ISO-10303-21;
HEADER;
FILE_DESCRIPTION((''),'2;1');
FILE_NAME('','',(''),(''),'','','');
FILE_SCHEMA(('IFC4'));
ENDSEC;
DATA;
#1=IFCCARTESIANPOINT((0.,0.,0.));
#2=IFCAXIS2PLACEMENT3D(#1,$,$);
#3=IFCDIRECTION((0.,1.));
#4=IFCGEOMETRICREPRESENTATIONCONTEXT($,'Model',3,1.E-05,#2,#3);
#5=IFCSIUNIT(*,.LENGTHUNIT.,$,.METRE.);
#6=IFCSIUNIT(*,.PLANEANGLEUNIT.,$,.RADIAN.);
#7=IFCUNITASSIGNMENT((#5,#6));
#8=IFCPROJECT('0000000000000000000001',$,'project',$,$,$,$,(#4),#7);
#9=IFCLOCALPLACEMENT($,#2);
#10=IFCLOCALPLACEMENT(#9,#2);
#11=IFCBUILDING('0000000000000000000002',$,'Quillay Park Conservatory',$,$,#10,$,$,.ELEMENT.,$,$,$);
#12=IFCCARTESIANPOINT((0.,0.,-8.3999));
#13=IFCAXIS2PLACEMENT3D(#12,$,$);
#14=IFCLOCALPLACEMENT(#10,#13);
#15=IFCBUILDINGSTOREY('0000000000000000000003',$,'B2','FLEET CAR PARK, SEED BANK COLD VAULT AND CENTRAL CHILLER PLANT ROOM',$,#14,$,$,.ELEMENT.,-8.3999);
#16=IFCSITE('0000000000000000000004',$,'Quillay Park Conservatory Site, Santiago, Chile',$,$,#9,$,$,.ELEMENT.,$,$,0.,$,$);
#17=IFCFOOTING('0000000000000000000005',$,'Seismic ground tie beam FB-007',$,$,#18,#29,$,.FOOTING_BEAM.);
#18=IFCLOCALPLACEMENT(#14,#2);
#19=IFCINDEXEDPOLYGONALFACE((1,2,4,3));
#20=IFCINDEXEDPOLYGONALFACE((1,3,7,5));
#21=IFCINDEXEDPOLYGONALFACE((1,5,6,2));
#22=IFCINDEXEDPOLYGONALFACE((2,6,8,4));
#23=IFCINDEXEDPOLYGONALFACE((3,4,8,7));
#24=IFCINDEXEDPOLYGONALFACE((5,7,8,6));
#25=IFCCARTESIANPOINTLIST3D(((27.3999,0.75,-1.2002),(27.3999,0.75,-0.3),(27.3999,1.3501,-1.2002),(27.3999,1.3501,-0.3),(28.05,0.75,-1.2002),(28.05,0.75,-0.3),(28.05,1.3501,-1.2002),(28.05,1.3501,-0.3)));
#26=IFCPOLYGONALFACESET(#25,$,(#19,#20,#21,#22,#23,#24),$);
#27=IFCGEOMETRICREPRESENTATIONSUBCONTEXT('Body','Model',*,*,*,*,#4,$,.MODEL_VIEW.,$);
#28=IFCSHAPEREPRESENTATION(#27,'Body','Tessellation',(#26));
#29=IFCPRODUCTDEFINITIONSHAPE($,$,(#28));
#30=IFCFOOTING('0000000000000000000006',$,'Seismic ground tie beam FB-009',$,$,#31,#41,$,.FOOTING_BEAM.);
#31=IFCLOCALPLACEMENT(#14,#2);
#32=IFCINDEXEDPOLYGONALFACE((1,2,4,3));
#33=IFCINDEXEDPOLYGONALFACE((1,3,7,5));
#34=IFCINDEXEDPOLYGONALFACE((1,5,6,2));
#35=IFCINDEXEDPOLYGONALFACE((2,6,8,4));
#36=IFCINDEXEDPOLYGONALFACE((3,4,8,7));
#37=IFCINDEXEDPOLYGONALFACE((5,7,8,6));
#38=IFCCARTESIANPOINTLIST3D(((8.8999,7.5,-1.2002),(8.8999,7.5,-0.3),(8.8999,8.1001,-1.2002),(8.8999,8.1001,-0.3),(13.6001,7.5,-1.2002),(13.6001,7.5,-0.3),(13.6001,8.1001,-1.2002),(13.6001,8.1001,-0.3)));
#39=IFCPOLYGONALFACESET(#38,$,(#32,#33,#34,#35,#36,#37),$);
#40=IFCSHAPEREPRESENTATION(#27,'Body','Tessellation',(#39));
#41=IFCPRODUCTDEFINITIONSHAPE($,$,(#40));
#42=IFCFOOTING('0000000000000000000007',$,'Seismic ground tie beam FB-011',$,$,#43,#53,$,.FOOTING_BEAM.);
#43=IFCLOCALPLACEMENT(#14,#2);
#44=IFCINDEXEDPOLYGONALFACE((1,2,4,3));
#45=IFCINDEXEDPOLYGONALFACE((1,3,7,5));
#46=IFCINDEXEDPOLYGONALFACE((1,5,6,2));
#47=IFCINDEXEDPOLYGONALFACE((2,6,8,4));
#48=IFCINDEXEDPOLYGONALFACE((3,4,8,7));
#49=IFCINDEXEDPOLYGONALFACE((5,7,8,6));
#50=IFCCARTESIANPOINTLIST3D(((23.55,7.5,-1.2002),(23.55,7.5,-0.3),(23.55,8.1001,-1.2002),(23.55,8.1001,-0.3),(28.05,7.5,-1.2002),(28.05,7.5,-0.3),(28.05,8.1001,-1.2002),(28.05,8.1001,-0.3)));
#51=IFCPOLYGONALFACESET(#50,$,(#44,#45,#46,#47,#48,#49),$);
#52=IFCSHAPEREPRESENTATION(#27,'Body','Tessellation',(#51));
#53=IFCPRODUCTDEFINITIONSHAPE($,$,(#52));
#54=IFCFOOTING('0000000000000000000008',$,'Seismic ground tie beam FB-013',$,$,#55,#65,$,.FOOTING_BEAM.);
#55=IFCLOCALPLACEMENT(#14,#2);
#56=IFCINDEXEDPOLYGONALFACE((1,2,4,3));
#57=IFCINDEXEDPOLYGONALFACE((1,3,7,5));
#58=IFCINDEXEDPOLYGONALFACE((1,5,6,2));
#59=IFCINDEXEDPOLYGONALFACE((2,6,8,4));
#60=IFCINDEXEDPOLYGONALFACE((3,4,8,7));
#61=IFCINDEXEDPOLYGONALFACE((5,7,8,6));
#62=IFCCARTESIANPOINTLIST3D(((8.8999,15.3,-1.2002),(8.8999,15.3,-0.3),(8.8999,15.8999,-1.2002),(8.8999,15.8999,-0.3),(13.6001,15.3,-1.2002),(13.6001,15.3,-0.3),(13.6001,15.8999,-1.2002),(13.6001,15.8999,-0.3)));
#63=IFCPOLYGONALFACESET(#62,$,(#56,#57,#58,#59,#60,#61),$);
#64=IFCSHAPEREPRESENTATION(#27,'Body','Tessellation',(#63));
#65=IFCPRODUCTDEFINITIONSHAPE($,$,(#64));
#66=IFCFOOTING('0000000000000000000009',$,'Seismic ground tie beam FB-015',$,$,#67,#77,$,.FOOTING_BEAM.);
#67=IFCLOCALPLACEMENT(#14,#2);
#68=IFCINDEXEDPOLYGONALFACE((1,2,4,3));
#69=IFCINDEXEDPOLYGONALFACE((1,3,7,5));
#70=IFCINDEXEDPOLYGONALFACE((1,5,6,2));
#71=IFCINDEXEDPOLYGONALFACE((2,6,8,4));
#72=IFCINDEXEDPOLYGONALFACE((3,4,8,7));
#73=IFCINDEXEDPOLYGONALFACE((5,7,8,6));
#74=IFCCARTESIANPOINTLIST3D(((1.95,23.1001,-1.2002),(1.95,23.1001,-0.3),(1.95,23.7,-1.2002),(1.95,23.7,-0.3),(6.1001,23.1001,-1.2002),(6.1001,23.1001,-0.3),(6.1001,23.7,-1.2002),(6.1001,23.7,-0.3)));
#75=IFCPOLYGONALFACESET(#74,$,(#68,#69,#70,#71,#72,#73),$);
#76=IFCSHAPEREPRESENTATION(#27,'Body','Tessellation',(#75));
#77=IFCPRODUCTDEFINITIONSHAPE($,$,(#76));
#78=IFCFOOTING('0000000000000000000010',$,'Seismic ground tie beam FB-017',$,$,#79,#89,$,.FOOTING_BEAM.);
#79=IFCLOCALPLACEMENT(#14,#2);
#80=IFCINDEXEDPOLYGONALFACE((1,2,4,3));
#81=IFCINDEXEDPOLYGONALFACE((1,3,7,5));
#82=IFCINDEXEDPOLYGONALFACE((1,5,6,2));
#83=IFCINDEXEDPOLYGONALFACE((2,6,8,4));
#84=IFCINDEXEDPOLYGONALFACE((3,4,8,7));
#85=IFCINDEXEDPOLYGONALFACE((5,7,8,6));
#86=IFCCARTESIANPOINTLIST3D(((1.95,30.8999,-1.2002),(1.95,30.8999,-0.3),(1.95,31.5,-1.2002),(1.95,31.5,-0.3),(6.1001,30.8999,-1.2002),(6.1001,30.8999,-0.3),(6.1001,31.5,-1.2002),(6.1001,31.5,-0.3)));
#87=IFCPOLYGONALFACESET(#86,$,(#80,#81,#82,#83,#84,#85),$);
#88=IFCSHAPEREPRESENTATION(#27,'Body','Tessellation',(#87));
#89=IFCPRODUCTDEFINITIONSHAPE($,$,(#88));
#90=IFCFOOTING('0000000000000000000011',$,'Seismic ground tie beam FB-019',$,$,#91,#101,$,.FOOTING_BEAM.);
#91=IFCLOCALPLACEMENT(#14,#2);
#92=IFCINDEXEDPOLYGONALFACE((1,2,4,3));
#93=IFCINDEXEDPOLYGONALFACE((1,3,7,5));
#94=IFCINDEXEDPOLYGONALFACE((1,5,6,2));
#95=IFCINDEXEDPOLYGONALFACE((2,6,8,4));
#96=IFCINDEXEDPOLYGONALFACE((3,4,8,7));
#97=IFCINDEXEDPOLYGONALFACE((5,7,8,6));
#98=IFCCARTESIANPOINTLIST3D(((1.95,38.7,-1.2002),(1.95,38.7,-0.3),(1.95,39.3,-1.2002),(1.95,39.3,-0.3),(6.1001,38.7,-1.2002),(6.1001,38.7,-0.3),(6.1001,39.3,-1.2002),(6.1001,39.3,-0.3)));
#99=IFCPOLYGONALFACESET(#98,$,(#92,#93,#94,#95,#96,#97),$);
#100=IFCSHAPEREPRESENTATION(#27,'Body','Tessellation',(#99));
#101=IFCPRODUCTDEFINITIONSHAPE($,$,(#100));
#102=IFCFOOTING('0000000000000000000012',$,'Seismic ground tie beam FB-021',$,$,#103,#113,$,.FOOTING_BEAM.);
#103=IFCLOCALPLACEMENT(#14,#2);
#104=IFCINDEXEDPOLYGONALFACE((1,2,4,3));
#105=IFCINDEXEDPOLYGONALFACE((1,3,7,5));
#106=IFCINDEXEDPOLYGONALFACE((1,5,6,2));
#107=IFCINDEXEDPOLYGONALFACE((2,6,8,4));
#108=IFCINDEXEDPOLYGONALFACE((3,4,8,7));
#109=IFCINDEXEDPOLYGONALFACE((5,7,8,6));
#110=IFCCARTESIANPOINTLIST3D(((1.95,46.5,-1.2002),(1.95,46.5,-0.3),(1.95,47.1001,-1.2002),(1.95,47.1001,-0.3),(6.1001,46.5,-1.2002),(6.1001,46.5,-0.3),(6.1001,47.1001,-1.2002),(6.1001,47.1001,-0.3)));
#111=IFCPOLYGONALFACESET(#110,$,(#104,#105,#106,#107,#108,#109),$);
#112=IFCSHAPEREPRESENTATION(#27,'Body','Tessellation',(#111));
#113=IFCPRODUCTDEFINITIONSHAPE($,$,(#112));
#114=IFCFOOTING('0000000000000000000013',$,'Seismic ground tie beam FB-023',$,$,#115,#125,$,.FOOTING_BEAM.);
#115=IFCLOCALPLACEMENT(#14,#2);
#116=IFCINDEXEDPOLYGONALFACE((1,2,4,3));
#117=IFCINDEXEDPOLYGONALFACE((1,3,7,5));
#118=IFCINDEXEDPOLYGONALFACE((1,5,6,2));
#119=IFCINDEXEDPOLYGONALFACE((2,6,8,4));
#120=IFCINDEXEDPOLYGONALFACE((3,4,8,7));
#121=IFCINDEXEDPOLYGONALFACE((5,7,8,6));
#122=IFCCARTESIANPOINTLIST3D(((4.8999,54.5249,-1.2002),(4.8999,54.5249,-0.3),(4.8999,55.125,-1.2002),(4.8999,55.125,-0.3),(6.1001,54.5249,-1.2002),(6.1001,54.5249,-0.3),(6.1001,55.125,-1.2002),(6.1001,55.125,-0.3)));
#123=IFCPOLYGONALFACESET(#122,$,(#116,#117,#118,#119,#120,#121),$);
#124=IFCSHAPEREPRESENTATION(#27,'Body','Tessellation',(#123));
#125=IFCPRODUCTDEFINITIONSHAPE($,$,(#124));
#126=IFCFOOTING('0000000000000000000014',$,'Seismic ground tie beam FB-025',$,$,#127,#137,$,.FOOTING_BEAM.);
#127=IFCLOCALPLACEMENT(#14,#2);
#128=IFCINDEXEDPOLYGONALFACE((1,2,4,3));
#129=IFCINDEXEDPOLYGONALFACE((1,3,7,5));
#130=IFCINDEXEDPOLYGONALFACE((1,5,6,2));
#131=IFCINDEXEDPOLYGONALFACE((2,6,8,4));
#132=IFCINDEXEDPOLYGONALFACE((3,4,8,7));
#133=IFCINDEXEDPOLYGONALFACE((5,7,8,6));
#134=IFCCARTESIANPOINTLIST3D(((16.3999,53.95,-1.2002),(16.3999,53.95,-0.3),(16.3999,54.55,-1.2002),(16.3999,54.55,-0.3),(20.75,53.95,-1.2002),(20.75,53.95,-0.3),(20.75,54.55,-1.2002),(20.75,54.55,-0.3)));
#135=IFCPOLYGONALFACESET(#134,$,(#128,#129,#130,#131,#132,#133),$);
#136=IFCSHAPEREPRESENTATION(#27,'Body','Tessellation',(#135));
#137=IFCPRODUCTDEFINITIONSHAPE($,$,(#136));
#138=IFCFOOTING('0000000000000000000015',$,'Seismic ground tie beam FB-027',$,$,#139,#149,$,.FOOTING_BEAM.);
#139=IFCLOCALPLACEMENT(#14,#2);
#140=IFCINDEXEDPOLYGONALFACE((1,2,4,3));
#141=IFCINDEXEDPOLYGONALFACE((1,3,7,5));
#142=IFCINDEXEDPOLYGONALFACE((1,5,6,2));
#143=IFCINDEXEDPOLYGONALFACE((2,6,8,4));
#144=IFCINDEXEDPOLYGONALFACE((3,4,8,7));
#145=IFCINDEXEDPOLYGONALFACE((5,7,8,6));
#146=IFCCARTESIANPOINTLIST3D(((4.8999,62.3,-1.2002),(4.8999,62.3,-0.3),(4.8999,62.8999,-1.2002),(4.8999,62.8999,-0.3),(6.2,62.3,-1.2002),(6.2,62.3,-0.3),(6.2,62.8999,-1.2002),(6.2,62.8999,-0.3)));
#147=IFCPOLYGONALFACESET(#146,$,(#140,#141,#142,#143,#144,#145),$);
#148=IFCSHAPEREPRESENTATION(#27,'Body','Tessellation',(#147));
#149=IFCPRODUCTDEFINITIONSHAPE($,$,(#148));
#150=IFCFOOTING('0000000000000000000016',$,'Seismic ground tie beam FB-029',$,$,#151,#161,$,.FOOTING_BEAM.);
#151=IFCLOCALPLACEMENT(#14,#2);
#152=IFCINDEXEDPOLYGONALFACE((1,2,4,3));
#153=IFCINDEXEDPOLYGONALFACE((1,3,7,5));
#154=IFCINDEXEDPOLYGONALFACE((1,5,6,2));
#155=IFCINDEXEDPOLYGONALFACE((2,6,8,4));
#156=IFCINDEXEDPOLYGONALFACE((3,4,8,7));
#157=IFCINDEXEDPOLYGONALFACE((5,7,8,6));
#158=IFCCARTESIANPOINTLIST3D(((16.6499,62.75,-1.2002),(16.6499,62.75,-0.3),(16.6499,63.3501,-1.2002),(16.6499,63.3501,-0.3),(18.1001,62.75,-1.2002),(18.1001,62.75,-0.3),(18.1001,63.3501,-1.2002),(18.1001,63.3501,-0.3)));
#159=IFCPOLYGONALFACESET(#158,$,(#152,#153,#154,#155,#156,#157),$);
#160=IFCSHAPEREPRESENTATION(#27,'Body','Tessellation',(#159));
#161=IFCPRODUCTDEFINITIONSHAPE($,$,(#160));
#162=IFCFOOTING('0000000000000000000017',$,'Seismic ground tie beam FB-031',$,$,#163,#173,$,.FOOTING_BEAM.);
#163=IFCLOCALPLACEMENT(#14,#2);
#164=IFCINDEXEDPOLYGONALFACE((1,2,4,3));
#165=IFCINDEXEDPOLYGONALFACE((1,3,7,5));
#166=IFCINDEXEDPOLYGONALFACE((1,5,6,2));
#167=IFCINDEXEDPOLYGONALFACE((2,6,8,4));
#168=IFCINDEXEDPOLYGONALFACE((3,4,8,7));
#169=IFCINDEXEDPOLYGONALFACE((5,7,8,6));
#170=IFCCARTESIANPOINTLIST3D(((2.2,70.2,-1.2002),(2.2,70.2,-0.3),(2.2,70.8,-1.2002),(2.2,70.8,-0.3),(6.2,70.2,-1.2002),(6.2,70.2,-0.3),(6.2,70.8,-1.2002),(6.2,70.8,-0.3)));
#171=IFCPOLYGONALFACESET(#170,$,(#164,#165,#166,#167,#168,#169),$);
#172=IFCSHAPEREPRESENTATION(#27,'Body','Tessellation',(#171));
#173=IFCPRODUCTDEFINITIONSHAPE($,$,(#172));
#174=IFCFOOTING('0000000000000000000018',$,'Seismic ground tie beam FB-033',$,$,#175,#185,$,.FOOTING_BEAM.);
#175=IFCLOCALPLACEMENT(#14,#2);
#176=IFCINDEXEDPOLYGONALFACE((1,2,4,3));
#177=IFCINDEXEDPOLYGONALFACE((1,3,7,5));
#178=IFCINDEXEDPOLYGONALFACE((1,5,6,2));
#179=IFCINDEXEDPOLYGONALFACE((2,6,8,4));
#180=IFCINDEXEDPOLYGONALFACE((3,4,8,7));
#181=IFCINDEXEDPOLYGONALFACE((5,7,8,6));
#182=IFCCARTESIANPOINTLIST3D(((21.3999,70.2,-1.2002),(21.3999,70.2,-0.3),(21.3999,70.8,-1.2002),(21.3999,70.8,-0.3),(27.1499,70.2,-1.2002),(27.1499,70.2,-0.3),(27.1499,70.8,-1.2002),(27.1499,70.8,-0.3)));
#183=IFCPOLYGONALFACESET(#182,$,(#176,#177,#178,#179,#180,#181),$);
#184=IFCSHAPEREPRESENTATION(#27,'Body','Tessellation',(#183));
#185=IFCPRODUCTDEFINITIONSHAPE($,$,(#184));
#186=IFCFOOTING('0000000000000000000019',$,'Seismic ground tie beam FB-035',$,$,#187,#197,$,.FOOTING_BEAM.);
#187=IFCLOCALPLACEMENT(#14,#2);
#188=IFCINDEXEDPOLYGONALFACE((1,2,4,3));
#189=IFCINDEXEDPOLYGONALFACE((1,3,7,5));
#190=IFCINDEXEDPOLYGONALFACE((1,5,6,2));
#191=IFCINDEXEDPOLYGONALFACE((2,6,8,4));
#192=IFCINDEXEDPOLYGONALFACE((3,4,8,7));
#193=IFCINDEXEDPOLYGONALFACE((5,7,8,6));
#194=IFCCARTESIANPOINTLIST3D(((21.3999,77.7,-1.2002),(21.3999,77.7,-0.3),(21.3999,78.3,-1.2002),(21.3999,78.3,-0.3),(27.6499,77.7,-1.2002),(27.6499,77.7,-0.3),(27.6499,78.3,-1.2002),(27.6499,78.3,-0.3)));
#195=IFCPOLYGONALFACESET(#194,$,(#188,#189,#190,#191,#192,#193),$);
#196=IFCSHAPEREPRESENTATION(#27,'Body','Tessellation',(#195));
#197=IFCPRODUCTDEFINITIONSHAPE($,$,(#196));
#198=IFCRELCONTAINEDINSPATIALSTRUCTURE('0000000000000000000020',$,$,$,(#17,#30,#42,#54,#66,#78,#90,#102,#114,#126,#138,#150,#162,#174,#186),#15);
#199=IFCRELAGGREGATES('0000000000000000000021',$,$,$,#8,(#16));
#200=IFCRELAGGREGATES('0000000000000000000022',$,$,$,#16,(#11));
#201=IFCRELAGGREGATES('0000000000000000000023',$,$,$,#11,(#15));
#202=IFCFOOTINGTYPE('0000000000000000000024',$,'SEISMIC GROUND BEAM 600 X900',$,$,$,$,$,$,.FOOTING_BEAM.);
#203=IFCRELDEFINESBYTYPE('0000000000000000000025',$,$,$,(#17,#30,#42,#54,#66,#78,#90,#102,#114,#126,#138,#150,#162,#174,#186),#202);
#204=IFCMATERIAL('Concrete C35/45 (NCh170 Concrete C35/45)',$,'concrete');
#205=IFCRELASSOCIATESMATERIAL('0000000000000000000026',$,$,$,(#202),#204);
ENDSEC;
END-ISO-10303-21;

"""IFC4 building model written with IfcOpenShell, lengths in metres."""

from ifc_helpers import new_model, si_unit, direction, frame, origin, place, context, subcontext, project, spatial, polyline, outline, extrude, material, type_object, element, save


model = new_model("IFC4")

# Units and contexts
model_context = context("Model", 3, precision=1e-05, world=origin(), true_north=direction((0.0, 1.0)))
body_context = subcontext(model_context, "Body", "Model", "MODEL_VIEW")
ifc_project = project(units=[si_unit("LENGTHUNIT", "METRE"), si_unit("PLANEANGLEUNIT", "RADIAN")], contexts=[model_context])

# Site, building, storey
site_placement = place(None, origin())
site = spatial("IfcSite", under=ifc_project, at=site_placement, Name="Quillay Park Conservatory Site, Santiago, Chile", CompositionType="ELEMENT", RefElevation=0.0)
building_placement = place(site_placement, origin())
building = spatial("IfcBuilding", under=site, at=building_placement, Name="Quillay Park Conservatory", CompositionType="ELEMENT")
storey_placement = place(building_placement, frame((0.0, 0.0, -8.3999)))
storey = spatial("IfcBuildingStorey", under=building, at=storey_placement, Name="B2", Description="FLEET CAR PARK, SEED BANK COLD VAULT AND CENTRAL CHILLER PLANT ROOM", CompositionType="ELEMENT", Elevation=-8.3999)

# Footings
ifc_material = material(Name="Concrete C35/45 (NCh170 Concrete C35/45)", Category="concrete")
footing_type = type_object("IfcFootingType", Name="SEISMIC GROUND BEAM 600 X900", PredefinedType="FOOTING_BEAM", material=ifc_material)
footing_1_placement = place(storey_placement, frame((0.0, 0.0, -1.2002)))
element("IfcFooting", 1, at=footing_1_placement, inside=storey, type_object=footing_type, Name="Seismic ground tie beam FB-007", PredefinedType="FOOTING_BEAM", context=body_context, shape_type="SweptSolid", body=[
    extrude(outline(polyline([(27.3999, 0.75), (28.05, 0.75), (28.05, 1.3501), (27.3999, 1.3501), (27.3999, 0.75)])), origin(), (0.0, 0.0, 1.0), 0.9001),
])
footing_2_placement = place(storey_placement, frame((0.0, 0.0, -1.2002)))
element("IfcFooting", 2, at=footing_2_placement, inside=storey, type_object=footing_type, Name="Seismic ground tie beam FB-009", PredefinedType="FOOTING_BEAM", context=body_context, shape_type="SweptSolid", body=[
    extrude(outline(polyline([(8.8999, 7.5), (13.6001, 7.5), (13.6001, 8.1001), (8.8999, 8.1001), (8.8999, 7.5)])), origin(), (0.0, 0.0, 1.0), 0.9001),
])
footing_3_placement = place(storey_placement, frame((0.0, 0.0, -1.2002)))
element("IfcFooting", 3, at=footing_3_placement, inside=storey, type_object=footing_type, Name="Seismic ground tie beam FB-011", PredefinedType="FOOTING_BEAM", context=body_context, shape_type="SweptSolid", body=[
    extrude(outline(polyline([(23.55, 7.5), (28.05, 7.5), (28.05, 8.1001), (23.55, 8.1001), (23.55, 7.5)])), origin(), (0.0, 0.0, 1.0), 0.9001),
])
footing_4_placement = place(storey_placement, frame((0.0, 0.0, -1.2002)))
element("IfcFooting", 4, at=footing_4_placement, inside=storey, type_object=footing_type, Name="Seismic ground tie beam FB-013", PredefinedType="FOOTING_BEAM", context=body_context, shape_type="SweptSolid", body=[
    extrude(outline(polyline([(8.8999, 15.3), (13.6001, 15.3), (13.6001, 15.8999), (8.8999, 15.8999), (8.8999, 15.3)])), origin(), (0.0, 0.0, 1.0), 0.9001),
])
footing_5_placement = place(storey_placement, frame((0.0, 0.0, -1.2002)))
element("IfcFooting", 5, at=footing_5_placement, inside=storey, type_object=footing_type, Name="Seismic ground tie beam FB-015", PredefinedType="FOOTING_BEAM", context=body_context, shape_type="SweptSolid", body=[
    extrude(outline(polyline([(1.95, 23.1001), (6.1001, 23.1001), (6.1001, 23.7), (1.95, 23.7), (1.95, 23.1001)])), origin(), (0.0, 0.0, 1.0), 0.9001),
])
footing_6_placement = place(storey_placement, frame((0.0, 0.0, -1.2002)))
element("IfcFooting", 6, at=footing_6_placement, inside=storey, type_object=footing_type, Name="Seismic ground tie beam FB-017", PredefinedType="FOOTING_BEAM", context=body_context, shape_type="SweptSolid", body=[
    extrude(outline(polyline([(1.95, 30.8999), (6.1001, 30.8999), (6.1001, 31.5), (1.95, 31.5), (1.95, 30.8999)])), origin(), (0.0, 0.0, 1.0), 0.9001),
])
footing_7_placement = place(storey_placement, frame((0.0, 0.0, -1.2002)))
element("IfcFooting", 7, at=footing_7_placement, inside=storey, type_object=footing_type, Name="Seismic ground tie beam FB-019", PredefinedType="FOOTING_BEAM", context=body_context, shape_type="SweptSolid", body=[
    extrude(outline(polyline([(1.95, 38.7), (6.1001, 38.7), (6.1001, 39.3), (1.95, 39.3), (1.95, 38.7)])), origin(), (0.0, 0.0, 1.0), 0.9001),
])
footing_8_placement = place(storey_placement, frame((0.0, 0.0, -1.2002)))
element("IfcFooting", 8, at=footing_8_placement, inside=storey, type_object=footing_type, Name="Seismic ground tie beam FB-021", PredefinedType="FOOTING_BEAM", context=body_context, shape_type="SweptSolid", body=[
    extrude(outline(polyline([(1.95, 46.5), (6.1001, 46.5), (6.1001, 47.1001), (1.95, 47.1001), (1.95, 46.5)])), origin(), (0.0, 0.0, 1.0), 0.9001),
])
footing_9_placement = place(storey_placement, frame((0.0, 0.0, -1.2002)))
element("IfcFooting", 9, at=footing_9_placement, inside=storey, type_object=footing_type, Name="Seismic ground tie beam FB-023", PredefinedType="FOOTING_BEAM", context=body_context, shape_type="SweptSolid", body=[
    extrude(outline(polyline([(4.8999, 54.5249), (6.1001, 54.5249), (6.1001, 55.125), (4.8999, 55.125), (4.8999, 54.5249)])), origin(), (0.0, 0.0, 1.0), 0.9001),
])
footing_10_placement = place(storey_placement, frame((0.0, 0.0, -1.2002)))
element("IfcFooting", 10, at=footing_10_placement, inside=storey, type_object=footing_type, Name="Seismic ground tie beam FB-025", PredefinedType="FOOTING_BEAM", context=body_context, shape_type="SweptSolid", body=[
    extrude(outline(polyline([(16.3999, 53.95), (20.75, 53.95), (20.75, 54.55), (16.3999, 54.55), (16.3999, 53.95)])), origin(), (0.0, 0.0, 1.0), 0.9001),
])
footing_11_placement = place(storey_placement, frame((0.0, 0.0, -1.2002)))
element("IfcFooting", 11, at=footing_11_placement, inside=storey, type_object=footing_type, Name="Seismic ground tie beam FB-027", PredefinedType="FOOTING_BEAM", context=body_context, shape_type="SweptSolid", body=[
    extrude(outline(polyline([(4.8999, 62.3), (6.2, 62.3), (6.2, 62.8999), (4.8999, 62.8999), (4.8999, 62.3)])), origin(), (0.0, 0.0, 1.0), 0.9001),
])
footing_12_placement = place(storey_placement, frame((0.0, 0.0, -1.2002)))
element("IfcFooting", 12, at=footing_12_placement, inside=storey, type_object=footing_type, Name="Seismic ground tie beam FB-029", PredefinedType="FOOTING_BEAM", context=body_context, shape_type="SweptSolid", body=[
    extrude(outline(polyline([(16.6499, 62.75), (18.1001, 62.75), (18.1001, 63.3501), (16.6499, 63.3501), (16.6499, 62.75)])), origin(), (0.0, 0.0, 1.0), 0.9001),
])
footing_13_placement = place(storey_placement, frame((0.0, 0.0, -1.2002)))
element("IfcFooting", 13, at=footing_13_placement, inside=storey, type_object=footing_type, Name="Seismic ground tie beam FB-031", PredefinedType="FOOTING_BEAM", context=body_context, shape_type="SweptSolid", body=[
    extrude(outline(polyline([(2.2, 70.2), (6.2, 70.2), (6.2, 70.8), (2.2, 70.8), (2.2, 70.2)])), origin(), (0.0, 0.0, 1.0), 0.9001),
])
footing_14_placement = place(storey_placement, frame((0.0, 0.0, -1.2002)))
element("IfcFooting", 14, at=footing_14_placement, inside=storey, type_object=footing_type, Name="Seismic ground tie beam FB-033", PredefinedType="FOOTING_BEAM", context=body_context, shape_type="SweptSolid", body=[
    extrude(outline(polyline([(21.3999, 70.2), (27.1499, 70.2), (27.1499, 70.8), (21.3999, 70.8), (21.3999, 70.2)])), origin(), (0.0, 0.0, 1.0), 0.9001),
])
footing_15_placement = place(storey_placement, frame((0.0, 0.0, -1.2002)))
element("IfcFooting", 15, at=footing_15_placement, inside=storey, type_object=footing_type, Name="Seismic ground tie beam FB-035", PredefinedType="FOOTING_BEAM", context=body_context, shape_type="SweptSolid", body=[
    extrude(outline(polyline([(21.3999, 77.7), (27.6499, 77.7), (27.6499, 78.3), (21.3999, 78.3), (21.3999, 77.7)])), origin(), (0.0, 0.0, 1.0), 0.9001),
])

save(model, "model.ifc")
